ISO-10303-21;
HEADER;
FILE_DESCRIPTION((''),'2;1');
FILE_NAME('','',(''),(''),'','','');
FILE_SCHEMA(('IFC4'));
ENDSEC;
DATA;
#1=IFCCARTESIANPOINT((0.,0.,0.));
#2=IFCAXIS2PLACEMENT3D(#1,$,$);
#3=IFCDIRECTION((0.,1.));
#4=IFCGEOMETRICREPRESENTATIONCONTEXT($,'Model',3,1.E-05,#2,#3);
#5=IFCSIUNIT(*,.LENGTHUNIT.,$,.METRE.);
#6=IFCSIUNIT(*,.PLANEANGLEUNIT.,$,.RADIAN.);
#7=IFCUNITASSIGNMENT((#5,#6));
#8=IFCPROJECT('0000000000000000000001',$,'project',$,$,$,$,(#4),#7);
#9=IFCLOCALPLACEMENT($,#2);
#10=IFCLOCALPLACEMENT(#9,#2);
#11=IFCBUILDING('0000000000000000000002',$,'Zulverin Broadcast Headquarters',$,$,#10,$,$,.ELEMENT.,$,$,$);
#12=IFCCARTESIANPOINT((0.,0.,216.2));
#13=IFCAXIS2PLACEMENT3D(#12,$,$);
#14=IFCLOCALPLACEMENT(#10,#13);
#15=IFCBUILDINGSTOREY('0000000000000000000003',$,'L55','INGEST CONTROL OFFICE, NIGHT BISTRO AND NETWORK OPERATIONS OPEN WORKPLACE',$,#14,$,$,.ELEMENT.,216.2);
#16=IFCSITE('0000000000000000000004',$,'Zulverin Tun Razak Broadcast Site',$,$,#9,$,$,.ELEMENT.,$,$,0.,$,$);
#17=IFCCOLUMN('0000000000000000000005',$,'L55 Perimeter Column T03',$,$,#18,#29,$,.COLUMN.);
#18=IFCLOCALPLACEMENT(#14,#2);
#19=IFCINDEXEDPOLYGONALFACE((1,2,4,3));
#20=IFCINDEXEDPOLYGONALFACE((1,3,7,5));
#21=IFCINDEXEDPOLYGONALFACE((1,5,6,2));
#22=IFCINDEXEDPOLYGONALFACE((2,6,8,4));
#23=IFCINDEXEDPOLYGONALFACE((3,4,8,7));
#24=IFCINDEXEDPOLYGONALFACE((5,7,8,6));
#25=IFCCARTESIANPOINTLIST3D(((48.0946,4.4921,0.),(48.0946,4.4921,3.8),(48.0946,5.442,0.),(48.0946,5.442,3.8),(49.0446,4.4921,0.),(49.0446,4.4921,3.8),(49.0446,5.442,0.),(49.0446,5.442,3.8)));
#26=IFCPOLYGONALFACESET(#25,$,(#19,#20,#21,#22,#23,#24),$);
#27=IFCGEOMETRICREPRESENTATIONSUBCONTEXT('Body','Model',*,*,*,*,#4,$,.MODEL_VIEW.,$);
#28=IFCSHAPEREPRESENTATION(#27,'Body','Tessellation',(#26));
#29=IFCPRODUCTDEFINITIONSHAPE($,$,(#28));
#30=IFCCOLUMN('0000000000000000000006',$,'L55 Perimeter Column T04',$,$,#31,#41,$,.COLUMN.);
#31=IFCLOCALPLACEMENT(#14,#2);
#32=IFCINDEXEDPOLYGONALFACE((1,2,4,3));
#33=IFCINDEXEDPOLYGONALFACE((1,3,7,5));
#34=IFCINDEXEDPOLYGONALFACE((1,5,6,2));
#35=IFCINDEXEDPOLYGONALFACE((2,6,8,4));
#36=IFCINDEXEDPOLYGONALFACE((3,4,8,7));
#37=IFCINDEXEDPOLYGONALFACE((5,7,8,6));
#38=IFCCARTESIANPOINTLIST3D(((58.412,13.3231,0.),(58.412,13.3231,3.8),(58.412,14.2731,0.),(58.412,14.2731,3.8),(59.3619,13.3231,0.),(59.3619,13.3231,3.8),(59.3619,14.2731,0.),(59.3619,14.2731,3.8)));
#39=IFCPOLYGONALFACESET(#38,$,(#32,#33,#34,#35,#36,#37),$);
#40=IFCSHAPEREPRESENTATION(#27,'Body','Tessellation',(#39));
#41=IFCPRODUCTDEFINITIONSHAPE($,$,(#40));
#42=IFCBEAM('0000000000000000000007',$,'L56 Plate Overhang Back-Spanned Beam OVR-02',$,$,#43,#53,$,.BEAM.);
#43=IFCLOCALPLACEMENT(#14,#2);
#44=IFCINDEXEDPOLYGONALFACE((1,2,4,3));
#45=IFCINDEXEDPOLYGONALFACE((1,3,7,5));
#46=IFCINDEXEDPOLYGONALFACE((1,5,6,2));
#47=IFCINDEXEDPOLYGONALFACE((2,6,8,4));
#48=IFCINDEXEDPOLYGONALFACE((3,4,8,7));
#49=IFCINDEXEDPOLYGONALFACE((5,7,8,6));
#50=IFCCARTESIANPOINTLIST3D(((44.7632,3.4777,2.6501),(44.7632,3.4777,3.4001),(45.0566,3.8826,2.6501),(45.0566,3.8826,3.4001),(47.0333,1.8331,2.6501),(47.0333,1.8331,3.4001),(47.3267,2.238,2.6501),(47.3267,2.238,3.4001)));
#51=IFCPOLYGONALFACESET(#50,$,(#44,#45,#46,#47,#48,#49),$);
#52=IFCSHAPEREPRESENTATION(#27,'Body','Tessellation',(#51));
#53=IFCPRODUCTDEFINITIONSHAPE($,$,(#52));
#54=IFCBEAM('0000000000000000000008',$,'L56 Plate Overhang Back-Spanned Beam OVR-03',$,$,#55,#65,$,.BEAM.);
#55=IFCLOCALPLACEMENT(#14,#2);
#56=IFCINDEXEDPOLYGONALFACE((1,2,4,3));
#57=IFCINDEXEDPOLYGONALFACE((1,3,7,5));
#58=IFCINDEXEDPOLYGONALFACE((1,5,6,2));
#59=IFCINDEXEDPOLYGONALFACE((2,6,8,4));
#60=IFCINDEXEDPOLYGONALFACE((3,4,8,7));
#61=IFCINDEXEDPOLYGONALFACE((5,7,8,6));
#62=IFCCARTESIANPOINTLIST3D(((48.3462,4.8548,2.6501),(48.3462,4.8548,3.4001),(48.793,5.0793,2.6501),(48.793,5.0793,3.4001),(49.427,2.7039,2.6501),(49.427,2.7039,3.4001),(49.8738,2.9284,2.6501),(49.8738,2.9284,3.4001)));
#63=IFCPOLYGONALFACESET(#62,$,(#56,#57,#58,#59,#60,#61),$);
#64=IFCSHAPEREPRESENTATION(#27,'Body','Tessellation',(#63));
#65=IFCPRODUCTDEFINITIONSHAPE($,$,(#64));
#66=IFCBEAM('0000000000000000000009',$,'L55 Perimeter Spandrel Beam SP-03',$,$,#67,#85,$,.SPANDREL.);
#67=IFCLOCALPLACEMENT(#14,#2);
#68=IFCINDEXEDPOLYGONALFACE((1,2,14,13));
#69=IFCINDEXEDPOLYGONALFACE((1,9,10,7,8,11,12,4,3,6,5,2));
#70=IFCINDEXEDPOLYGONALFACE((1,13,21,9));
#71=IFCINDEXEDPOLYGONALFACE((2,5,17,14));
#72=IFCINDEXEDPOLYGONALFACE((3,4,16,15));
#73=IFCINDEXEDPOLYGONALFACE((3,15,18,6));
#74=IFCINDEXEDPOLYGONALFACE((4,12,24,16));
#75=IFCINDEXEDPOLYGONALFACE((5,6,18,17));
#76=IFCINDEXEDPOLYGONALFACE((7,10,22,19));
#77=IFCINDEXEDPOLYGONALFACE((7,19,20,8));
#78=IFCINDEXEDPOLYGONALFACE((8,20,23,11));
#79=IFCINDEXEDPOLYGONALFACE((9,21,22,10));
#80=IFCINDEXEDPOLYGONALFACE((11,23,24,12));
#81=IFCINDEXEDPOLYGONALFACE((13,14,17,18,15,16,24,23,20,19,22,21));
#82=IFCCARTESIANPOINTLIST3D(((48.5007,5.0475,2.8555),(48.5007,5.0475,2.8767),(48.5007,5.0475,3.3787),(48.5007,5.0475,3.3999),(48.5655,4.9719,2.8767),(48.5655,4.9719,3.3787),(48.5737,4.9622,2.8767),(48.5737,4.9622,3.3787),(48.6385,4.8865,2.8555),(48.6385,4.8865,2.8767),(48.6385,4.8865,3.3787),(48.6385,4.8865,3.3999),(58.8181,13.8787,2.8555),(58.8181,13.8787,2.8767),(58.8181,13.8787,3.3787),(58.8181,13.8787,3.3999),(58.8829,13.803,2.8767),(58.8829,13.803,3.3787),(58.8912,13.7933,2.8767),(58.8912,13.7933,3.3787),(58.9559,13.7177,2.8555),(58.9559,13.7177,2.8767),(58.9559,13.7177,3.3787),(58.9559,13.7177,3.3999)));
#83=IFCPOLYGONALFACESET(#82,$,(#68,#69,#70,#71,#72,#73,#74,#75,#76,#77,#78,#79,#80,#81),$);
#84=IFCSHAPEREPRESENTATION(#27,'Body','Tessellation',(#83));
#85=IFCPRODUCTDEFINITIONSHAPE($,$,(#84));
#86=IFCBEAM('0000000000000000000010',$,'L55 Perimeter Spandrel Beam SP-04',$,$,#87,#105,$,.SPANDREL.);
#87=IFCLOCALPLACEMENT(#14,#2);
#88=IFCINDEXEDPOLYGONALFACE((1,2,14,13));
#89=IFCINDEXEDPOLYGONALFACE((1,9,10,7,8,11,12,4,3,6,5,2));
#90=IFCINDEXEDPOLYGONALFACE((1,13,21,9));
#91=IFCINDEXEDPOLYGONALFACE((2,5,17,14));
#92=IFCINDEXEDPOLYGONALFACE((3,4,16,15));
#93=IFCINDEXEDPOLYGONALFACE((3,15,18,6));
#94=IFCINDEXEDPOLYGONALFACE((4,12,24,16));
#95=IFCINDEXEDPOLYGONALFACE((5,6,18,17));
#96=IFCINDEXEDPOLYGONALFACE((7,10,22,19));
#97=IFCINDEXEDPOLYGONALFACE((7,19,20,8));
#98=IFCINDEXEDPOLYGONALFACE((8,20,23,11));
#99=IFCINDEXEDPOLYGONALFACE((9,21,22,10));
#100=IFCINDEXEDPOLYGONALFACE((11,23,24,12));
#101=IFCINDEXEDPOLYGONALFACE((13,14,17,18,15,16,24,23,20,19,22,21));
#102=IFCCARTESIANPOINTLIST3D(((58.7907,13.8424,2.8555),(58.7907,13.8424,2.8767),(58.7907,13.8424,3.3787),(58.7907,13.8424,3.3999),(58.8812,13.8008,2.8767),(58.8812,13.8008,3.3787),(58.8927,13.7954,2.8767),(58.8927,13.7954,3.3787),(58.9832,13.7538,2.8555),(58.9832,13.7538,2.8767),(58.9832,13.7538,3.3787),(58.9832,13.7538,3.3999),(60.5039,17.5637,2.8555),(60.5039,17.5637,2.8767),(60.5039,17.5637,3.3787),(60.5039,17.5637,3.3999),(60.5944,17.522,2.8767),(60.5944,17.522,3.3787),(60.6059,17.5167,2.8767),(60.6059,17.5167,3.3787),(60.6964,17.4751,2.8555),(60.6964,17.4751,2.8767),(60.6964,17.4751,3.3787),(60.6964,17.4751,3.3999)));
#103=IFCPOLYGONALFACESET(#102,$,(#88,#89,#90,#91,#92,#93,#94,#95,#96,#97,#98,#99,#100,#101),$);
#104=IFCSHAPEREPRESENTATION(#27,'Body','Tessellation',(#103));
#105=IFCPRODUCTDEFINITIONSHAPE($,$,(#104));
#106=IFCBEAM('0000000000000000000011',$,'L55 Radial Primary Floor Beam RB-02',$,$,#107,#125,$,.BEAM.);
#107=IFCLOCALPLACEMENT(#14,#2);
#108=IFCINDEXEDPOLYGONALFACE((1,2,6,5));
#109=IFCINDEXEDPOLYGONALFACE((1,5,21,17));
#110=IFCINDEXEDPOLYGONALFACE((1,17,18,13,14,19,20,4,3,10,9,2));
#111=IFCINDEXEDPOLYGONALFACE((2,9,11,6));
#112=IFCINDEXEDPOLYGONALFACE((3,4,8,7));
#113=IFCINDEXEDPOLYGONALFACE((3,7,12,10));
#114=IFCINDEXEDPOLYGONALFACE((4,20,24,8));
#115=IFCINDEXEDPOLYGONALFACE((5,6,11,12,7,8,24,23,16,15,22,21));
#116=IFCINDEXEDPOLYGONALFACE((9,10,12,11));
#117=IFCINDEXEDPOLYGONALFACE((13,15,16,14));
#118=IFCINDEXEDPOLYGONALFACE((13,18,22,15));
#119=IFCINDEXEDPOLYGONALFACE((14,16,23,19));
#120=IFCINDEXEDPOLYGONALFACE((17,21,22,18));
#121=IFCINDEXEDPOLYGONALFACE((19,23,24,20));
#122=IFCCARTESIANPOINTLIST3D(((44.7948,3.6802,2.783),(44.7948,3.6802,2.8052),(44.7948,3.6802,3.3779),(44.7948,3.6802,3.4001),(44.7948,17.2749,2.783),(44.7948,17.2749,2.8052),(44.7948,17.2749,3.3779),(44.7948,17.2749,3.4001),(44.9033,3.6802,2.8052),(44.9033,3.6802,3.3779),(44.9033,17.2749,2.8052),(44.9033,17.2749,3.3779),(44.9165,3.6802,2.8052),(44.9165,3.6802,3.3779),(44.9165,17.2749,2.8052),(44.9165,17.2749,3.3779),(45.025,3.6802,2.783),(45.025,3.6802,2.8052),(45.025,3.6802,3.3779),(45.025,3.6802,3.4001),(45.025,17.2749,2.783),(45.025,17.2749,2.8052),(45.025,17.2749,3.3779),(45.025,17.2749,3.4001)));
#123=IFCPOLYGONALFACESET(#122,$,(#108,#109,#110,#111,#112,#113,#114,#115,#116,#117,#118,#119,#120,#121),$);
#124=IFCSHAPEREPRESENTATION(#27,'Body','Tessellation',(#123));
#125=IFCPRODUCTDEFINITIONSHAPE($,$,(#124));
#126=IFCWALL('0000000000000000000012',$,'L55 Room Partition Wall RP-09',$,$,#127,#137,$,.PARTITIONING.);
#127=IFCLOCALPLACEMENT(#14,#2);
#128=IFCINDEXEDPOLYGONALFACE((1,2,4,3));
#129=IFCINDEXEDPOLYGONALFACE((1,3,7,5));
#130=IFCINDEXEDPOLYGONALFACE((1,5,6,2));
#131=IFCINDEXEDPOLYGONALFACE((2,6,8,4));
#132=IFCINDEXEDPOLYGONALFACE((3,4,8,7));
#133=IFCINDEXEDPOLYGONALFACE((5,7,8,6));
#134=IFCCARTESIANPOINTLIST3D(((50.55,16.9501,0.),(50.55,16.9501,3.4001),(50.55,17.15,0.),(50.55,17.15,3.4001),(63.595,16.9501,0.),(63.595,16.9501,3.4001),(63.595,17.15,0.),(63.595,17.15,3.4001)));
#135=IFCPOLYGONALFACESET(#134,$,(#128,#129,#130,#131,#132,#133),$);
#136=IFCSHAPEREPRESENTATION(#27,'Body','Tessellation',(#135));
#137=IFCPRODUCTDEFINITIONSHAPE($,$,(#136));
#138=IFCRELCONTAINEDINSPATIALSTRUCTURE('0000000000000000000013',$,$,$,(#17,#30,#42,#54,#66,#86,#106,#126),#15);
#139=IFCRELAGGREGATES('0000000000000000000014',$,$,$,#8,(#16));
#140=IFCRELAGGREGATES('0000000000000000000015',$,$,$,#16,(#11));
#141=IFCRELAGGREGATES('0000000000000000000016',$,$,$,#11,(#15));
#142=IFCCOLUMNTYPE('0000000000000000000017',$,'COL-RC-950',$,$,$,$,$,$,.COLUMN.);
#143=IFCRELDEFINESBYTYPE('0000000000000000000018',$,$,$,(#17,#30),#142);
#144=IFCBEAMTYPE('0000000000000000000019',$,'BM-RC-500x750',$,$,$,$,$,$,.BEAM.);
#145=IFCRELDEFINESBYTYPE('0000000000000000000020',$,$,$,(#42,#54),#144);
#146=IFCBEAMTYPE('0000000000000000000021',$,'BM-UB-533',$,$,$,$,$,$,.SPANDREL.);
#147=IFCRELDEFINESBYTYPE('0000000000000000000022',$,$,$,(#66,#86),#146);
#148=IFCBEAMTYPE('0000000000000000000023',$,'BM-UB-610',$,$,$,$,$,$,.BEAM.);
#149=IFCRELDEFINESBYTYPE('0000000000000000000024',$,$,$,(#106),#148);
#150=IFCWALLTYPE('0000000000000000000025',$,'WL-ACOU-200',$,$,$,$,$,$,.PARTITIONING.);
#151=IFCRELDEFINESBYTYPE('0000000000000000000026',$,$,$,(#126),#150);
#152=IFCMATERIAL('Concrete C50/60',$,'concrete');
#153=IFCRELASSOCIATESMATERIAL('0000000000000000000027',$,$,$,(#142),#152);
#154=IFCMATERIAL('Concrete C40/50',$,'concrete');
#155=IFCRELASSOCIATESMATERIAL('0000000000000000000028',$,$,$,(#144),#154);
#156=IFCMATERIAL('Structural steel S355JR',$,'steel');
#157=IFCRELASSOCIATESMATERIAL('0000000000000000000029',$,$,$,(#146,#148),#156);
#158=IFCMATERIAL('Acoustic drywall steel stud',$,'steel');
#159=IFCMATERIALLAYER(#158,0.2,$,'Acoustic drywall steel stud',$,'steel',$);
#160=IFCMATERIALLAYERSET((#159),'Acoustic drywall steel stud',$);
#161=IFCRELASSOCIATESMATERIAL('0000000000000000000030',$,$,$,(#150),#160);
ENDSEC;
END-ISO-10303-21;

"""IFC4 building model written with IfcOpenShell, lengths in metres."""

from ifc_helpers import new_model, si_unit, direction, frame, frame_2d, origin, origin_2d, place, context, subcontext, project, spatial, rectangle, i_section, extrude, material, layer, layer_set, material_profile, profile_set, type_object, element, save


model = new_model("IFC4")

# Units and contexts
model_context = context("Model", 3, precision=1e-05, world=origin(), true_north=direction((0.0, 1.0)))
body_context = subcontext(model_context, "Body", "Model", "MODEL_VIEW")
ifc_project = project(units=[si_unit("LENGTHUNIT", "METRE"), si_unit("PLANEANGLEUNIT", "RADIAN")], contexts=[model_context])

# Site, building, storey
site_placement = place(None, origin())
site = spatial("IfcSite", under=ifc_project, at=site_placement, Name="Zulverin Tun Razak Broadcast Site", CompositionType="ELEMENT", RefElevation=0.0)
building_placement = place(site_placement, origin())
building = spatial("IfcBuilding", under=site, at=building_placement, Name="Zulverin Broadcast Headquarters", CompositionType="ELEMENT")
storey_placement = place(building_placement, frame((0.0, 0.0, 216.2)))
storey = spatial("IfcBuildingStorey", under=building, at=storey_placement, Name="L55", Description="INGEST CONTROL OFFICE, NIGHT BISTRO AND NETWORK OPERATIONS OPEN WORKPLACE", CompositionType="ELEMENT", Elevation=216.2)

# Columns
ifc_material_1 = material(Name="Concrete C50/60", Category="concrete")
ifc_material_profile_1 = material_profile(ifc_material_1, rectangle(XDim=0.95, YDim=0.95, at=origin_2d()), Name="Concrete C50/60", Category="concrete")
ifc_profile_set_1 = profile_set([ifc_material_profile_1], Name="Concrete C50/60")
column_type = type_object("IfcColumnType", Name="COL-RC-950", PredefinedType="COLUMN", material=ifc_profile_set_1)
for number, where, z_axis, x_axis, name in (
    (1, (48.5696, 4.967, 0.0), (0.0, 0.0, 1.0), (1.0, 0.0, 0.0), "L55 Perimeter Column T03"),
    (2, (58.887, 13.7981, 0.0), (0.0, 0.0, 1.0), (1.0, 0.0, 0.0), "L55 Perimeter Column T04"),
):
    element("IfcColumn", number, at=place(storey_placement, frame(where, z_axis=z_axis, x_axis=x_axis)), inside=storey, type_object=column_type, Name=name, PredefinedType="COLUMN", context=body_context, shape_type="SweptSolid", body=[
        extrude(rectangle(XDim=0.95, YDim=0.95, at=origin_2d()), origin(), (0.0, 0.0, 1.0), 3.8),
    ])

# Beams
ifc_material_2 = material(Name="Concrete C40/50", Category="concrete")
ifc_material_profile_2 = material_profile(ifc_material_2, rectangle(XDim=0.5, YDim=0.75, at=origin_2d()), Name="Concrete C40/50", Category="concrete")
ifc_profile_set_2 = profile_set([ifc_material_profile_2], Name="Concrete C40/50")
beam_type_1 = type_object("IfcBeamType", Name="BM-RC-500x750", PredefinedType="BEAM", material=ifc_profile_set_2)
beam_1_placement = place(storey_placement, frame((44.9099, 3.6802, 3.0251), z_axis=(0.809819, -0.586679, 0.0), x_axis=(0.586679, 0.809819, 0.0)))
element("IfcBeam", 3, at=beam_1_placement, inside=storey, type_object=beam_type_1, Name="L56 Plate Overhang Back-Spanned Beam OVR-02", PredefinedType="BEAM", context=body_context, shape_type="SweptSolid", body=[
    extrude(rectangle(XDim=0.5, YDim=0.75, at=origin_2d()), origin(), (0.0, 0.0, 1.0), 2.8032),
])
beam_2_placement = place(storey_placement, frame((48.5696, 4.967, 3.0251), z_axis=(0.448998, -0.893533, 0.0), x_axis=(0.893533, 0.448998, 0.0)))
element("IfcBeam", 4, at=beam_2_placement, inside=storey, type_object=beam_type_1, Name="L56 Plate Overhang Back-Spanned Beam OVR-03", PredefinedType="BEAM", context=body_context, shape_type="SweptSolid", body=[
    extrude(rectangle(XDim=0.5, YDim=0.75, at=origin_2d()), origin(), (0.0, 0.0, 1.0), 2.4072),
])
ifc_material_3 = material(Name="Structural steel S355JR", Category="steel")
ifc_material_profile_3 = material_profile(ifc_material_3, i_section(OverallWidth=0.2119, OverallDepth=0.5444, WebThickness=0.0127, FlangeThickness=0.0212, at=origin_2d()), Name="Structural steel S355JR", Category="steel")
ifc_profile_set_3 = profile_set([ifc_material_profile_3], Name="Structural steel S355JR")
beam_type_2 = type_object("IfcBeamType", Name="BM-UB-533", PredefinedType="SPANDREL", material=ifc_profile_set_3)
beam_3_placement = place(storey_placement, frame((48.5696, 4.967, 3.1277), z_axis=(0.759708, 0.650264, 0.0), x_axis=(-0.650264, 0.759708, 0.0)))
element("IfcBeam", 5, at=beam_3_placement, inside=storey, type_object=beam_type_2, Name="L55 Perimeter Spandrel Beam SP-03", PredefinedType="SPANDREL", context=body_context, shape_type="SweptSolid", body=[
    extrude(i_section(OverallWidth=0.2119, OverallDepth=0.5444, WebThickness=0.0127, FlangeThickness=0.0212, at=origin_2d()), origin(), (0.0, 0.0, 1.0), 13.5808),
])
beam_4_placement = place(storey_placement, frame((58.887, 13.7981, 3.1277), z_axis=(0.418185, 0.908362, 0.0), x_axis=(-0.908362, 0.418185, 0.0)))
element("IfcBeam", 6, at=beam_4_placement, inside=storey, type_object=beam_type_2, Name="L55 Perimeter Spandrel Beam SP-04", PredefinedType="SPANDREL", context=body_context, shape_type="SweptSolid", body=[
    extrude(i_section(OverallWidth=0.2119, OverallDepth=0.5444, WebThickness=0.0127, FlangeThickness=0.0212, at=origin_2d()), origin(), (0.0, 0.0, 1.0), 4.0967),
])
ifc_material_profile_4 = material_profile(ifc_material_3, i_section(OverallWidth=0.2302, OverallDepth=0.6172, WebThickness=0.0132, FlangeThickness=0.0222, at=origin_2d()), Name="Structural steel S355JR", Category="steel")
ifc_profile_set_4 = profile_set([ifc_material_profile_4], Name="Structural steel S355JR")
beam_type_3 = type_object("IfcBeamType", Name="BM-UB-610", PredefinedType="BEAM", material=ifc_profile_set_4)
beam_5_placement = place(storey_placement, frame((44.9099, 17.2749, 3.0916), z_axis=(0.0, -1.0, 0.0), x_axis=(1.0, 0.0, 0.0)))
element("IfcBeam", 7, at=beam_5_placement, inside=storey, type_object=beam_type_3, Name="L55 Radial Primary Floor Beam RB-02", PredefinedType="BEAM", context=body_context, shape_type="SweptSolid", body=[
    extrude(i_section(OverallWidth=0.2302, OverallDepth=0.6172, WebThickness=0.0132, FlangeThickness=0.0222, at=origin_2d()), origin(), (0.0, 0.0, 1.0), 13.5947),
])

# Wall
ifc_material_4 = material(Name="Acoustic drywall steel stud", Category="steel")
ifc_layer_1 = layer(ifc_material_4, 0.2, Name="Acoustic drywall steel stud", Category="steel")
ifc_layer_set_1 = layer_set([ifc_layer_1], Name="Acoustic drywall steel stud")
wall_type_1 = type_object("IfcWallType", Name="WL-ACOU-200", PredefinedType="PARTITIONING", material=ifc_layer_set_1)
wall_1_placement = place(storey_placement, frame((50.55, 17.05, 0.0), z_axis=(0.0, 0.0, 1.0), x_axis=(1.0, 0.0, 0.0)))
element("IfcWall", 8, at=wall_1_placement, inside=storey, type_object=wall_type_1, Name="L55 Room Partition Wall RP-09", PredefinedType="PARTITIONING", context=body_context, shape_type="SweptSolid", body=[
    extrude(rectangle(XDim=13.0449, YDim=0.2, at=frame_2d((6.5225, 0.0))), origin(), (0.0, 0.0, 1.0), 3.4001),
])

save(model, "model.ifc")
